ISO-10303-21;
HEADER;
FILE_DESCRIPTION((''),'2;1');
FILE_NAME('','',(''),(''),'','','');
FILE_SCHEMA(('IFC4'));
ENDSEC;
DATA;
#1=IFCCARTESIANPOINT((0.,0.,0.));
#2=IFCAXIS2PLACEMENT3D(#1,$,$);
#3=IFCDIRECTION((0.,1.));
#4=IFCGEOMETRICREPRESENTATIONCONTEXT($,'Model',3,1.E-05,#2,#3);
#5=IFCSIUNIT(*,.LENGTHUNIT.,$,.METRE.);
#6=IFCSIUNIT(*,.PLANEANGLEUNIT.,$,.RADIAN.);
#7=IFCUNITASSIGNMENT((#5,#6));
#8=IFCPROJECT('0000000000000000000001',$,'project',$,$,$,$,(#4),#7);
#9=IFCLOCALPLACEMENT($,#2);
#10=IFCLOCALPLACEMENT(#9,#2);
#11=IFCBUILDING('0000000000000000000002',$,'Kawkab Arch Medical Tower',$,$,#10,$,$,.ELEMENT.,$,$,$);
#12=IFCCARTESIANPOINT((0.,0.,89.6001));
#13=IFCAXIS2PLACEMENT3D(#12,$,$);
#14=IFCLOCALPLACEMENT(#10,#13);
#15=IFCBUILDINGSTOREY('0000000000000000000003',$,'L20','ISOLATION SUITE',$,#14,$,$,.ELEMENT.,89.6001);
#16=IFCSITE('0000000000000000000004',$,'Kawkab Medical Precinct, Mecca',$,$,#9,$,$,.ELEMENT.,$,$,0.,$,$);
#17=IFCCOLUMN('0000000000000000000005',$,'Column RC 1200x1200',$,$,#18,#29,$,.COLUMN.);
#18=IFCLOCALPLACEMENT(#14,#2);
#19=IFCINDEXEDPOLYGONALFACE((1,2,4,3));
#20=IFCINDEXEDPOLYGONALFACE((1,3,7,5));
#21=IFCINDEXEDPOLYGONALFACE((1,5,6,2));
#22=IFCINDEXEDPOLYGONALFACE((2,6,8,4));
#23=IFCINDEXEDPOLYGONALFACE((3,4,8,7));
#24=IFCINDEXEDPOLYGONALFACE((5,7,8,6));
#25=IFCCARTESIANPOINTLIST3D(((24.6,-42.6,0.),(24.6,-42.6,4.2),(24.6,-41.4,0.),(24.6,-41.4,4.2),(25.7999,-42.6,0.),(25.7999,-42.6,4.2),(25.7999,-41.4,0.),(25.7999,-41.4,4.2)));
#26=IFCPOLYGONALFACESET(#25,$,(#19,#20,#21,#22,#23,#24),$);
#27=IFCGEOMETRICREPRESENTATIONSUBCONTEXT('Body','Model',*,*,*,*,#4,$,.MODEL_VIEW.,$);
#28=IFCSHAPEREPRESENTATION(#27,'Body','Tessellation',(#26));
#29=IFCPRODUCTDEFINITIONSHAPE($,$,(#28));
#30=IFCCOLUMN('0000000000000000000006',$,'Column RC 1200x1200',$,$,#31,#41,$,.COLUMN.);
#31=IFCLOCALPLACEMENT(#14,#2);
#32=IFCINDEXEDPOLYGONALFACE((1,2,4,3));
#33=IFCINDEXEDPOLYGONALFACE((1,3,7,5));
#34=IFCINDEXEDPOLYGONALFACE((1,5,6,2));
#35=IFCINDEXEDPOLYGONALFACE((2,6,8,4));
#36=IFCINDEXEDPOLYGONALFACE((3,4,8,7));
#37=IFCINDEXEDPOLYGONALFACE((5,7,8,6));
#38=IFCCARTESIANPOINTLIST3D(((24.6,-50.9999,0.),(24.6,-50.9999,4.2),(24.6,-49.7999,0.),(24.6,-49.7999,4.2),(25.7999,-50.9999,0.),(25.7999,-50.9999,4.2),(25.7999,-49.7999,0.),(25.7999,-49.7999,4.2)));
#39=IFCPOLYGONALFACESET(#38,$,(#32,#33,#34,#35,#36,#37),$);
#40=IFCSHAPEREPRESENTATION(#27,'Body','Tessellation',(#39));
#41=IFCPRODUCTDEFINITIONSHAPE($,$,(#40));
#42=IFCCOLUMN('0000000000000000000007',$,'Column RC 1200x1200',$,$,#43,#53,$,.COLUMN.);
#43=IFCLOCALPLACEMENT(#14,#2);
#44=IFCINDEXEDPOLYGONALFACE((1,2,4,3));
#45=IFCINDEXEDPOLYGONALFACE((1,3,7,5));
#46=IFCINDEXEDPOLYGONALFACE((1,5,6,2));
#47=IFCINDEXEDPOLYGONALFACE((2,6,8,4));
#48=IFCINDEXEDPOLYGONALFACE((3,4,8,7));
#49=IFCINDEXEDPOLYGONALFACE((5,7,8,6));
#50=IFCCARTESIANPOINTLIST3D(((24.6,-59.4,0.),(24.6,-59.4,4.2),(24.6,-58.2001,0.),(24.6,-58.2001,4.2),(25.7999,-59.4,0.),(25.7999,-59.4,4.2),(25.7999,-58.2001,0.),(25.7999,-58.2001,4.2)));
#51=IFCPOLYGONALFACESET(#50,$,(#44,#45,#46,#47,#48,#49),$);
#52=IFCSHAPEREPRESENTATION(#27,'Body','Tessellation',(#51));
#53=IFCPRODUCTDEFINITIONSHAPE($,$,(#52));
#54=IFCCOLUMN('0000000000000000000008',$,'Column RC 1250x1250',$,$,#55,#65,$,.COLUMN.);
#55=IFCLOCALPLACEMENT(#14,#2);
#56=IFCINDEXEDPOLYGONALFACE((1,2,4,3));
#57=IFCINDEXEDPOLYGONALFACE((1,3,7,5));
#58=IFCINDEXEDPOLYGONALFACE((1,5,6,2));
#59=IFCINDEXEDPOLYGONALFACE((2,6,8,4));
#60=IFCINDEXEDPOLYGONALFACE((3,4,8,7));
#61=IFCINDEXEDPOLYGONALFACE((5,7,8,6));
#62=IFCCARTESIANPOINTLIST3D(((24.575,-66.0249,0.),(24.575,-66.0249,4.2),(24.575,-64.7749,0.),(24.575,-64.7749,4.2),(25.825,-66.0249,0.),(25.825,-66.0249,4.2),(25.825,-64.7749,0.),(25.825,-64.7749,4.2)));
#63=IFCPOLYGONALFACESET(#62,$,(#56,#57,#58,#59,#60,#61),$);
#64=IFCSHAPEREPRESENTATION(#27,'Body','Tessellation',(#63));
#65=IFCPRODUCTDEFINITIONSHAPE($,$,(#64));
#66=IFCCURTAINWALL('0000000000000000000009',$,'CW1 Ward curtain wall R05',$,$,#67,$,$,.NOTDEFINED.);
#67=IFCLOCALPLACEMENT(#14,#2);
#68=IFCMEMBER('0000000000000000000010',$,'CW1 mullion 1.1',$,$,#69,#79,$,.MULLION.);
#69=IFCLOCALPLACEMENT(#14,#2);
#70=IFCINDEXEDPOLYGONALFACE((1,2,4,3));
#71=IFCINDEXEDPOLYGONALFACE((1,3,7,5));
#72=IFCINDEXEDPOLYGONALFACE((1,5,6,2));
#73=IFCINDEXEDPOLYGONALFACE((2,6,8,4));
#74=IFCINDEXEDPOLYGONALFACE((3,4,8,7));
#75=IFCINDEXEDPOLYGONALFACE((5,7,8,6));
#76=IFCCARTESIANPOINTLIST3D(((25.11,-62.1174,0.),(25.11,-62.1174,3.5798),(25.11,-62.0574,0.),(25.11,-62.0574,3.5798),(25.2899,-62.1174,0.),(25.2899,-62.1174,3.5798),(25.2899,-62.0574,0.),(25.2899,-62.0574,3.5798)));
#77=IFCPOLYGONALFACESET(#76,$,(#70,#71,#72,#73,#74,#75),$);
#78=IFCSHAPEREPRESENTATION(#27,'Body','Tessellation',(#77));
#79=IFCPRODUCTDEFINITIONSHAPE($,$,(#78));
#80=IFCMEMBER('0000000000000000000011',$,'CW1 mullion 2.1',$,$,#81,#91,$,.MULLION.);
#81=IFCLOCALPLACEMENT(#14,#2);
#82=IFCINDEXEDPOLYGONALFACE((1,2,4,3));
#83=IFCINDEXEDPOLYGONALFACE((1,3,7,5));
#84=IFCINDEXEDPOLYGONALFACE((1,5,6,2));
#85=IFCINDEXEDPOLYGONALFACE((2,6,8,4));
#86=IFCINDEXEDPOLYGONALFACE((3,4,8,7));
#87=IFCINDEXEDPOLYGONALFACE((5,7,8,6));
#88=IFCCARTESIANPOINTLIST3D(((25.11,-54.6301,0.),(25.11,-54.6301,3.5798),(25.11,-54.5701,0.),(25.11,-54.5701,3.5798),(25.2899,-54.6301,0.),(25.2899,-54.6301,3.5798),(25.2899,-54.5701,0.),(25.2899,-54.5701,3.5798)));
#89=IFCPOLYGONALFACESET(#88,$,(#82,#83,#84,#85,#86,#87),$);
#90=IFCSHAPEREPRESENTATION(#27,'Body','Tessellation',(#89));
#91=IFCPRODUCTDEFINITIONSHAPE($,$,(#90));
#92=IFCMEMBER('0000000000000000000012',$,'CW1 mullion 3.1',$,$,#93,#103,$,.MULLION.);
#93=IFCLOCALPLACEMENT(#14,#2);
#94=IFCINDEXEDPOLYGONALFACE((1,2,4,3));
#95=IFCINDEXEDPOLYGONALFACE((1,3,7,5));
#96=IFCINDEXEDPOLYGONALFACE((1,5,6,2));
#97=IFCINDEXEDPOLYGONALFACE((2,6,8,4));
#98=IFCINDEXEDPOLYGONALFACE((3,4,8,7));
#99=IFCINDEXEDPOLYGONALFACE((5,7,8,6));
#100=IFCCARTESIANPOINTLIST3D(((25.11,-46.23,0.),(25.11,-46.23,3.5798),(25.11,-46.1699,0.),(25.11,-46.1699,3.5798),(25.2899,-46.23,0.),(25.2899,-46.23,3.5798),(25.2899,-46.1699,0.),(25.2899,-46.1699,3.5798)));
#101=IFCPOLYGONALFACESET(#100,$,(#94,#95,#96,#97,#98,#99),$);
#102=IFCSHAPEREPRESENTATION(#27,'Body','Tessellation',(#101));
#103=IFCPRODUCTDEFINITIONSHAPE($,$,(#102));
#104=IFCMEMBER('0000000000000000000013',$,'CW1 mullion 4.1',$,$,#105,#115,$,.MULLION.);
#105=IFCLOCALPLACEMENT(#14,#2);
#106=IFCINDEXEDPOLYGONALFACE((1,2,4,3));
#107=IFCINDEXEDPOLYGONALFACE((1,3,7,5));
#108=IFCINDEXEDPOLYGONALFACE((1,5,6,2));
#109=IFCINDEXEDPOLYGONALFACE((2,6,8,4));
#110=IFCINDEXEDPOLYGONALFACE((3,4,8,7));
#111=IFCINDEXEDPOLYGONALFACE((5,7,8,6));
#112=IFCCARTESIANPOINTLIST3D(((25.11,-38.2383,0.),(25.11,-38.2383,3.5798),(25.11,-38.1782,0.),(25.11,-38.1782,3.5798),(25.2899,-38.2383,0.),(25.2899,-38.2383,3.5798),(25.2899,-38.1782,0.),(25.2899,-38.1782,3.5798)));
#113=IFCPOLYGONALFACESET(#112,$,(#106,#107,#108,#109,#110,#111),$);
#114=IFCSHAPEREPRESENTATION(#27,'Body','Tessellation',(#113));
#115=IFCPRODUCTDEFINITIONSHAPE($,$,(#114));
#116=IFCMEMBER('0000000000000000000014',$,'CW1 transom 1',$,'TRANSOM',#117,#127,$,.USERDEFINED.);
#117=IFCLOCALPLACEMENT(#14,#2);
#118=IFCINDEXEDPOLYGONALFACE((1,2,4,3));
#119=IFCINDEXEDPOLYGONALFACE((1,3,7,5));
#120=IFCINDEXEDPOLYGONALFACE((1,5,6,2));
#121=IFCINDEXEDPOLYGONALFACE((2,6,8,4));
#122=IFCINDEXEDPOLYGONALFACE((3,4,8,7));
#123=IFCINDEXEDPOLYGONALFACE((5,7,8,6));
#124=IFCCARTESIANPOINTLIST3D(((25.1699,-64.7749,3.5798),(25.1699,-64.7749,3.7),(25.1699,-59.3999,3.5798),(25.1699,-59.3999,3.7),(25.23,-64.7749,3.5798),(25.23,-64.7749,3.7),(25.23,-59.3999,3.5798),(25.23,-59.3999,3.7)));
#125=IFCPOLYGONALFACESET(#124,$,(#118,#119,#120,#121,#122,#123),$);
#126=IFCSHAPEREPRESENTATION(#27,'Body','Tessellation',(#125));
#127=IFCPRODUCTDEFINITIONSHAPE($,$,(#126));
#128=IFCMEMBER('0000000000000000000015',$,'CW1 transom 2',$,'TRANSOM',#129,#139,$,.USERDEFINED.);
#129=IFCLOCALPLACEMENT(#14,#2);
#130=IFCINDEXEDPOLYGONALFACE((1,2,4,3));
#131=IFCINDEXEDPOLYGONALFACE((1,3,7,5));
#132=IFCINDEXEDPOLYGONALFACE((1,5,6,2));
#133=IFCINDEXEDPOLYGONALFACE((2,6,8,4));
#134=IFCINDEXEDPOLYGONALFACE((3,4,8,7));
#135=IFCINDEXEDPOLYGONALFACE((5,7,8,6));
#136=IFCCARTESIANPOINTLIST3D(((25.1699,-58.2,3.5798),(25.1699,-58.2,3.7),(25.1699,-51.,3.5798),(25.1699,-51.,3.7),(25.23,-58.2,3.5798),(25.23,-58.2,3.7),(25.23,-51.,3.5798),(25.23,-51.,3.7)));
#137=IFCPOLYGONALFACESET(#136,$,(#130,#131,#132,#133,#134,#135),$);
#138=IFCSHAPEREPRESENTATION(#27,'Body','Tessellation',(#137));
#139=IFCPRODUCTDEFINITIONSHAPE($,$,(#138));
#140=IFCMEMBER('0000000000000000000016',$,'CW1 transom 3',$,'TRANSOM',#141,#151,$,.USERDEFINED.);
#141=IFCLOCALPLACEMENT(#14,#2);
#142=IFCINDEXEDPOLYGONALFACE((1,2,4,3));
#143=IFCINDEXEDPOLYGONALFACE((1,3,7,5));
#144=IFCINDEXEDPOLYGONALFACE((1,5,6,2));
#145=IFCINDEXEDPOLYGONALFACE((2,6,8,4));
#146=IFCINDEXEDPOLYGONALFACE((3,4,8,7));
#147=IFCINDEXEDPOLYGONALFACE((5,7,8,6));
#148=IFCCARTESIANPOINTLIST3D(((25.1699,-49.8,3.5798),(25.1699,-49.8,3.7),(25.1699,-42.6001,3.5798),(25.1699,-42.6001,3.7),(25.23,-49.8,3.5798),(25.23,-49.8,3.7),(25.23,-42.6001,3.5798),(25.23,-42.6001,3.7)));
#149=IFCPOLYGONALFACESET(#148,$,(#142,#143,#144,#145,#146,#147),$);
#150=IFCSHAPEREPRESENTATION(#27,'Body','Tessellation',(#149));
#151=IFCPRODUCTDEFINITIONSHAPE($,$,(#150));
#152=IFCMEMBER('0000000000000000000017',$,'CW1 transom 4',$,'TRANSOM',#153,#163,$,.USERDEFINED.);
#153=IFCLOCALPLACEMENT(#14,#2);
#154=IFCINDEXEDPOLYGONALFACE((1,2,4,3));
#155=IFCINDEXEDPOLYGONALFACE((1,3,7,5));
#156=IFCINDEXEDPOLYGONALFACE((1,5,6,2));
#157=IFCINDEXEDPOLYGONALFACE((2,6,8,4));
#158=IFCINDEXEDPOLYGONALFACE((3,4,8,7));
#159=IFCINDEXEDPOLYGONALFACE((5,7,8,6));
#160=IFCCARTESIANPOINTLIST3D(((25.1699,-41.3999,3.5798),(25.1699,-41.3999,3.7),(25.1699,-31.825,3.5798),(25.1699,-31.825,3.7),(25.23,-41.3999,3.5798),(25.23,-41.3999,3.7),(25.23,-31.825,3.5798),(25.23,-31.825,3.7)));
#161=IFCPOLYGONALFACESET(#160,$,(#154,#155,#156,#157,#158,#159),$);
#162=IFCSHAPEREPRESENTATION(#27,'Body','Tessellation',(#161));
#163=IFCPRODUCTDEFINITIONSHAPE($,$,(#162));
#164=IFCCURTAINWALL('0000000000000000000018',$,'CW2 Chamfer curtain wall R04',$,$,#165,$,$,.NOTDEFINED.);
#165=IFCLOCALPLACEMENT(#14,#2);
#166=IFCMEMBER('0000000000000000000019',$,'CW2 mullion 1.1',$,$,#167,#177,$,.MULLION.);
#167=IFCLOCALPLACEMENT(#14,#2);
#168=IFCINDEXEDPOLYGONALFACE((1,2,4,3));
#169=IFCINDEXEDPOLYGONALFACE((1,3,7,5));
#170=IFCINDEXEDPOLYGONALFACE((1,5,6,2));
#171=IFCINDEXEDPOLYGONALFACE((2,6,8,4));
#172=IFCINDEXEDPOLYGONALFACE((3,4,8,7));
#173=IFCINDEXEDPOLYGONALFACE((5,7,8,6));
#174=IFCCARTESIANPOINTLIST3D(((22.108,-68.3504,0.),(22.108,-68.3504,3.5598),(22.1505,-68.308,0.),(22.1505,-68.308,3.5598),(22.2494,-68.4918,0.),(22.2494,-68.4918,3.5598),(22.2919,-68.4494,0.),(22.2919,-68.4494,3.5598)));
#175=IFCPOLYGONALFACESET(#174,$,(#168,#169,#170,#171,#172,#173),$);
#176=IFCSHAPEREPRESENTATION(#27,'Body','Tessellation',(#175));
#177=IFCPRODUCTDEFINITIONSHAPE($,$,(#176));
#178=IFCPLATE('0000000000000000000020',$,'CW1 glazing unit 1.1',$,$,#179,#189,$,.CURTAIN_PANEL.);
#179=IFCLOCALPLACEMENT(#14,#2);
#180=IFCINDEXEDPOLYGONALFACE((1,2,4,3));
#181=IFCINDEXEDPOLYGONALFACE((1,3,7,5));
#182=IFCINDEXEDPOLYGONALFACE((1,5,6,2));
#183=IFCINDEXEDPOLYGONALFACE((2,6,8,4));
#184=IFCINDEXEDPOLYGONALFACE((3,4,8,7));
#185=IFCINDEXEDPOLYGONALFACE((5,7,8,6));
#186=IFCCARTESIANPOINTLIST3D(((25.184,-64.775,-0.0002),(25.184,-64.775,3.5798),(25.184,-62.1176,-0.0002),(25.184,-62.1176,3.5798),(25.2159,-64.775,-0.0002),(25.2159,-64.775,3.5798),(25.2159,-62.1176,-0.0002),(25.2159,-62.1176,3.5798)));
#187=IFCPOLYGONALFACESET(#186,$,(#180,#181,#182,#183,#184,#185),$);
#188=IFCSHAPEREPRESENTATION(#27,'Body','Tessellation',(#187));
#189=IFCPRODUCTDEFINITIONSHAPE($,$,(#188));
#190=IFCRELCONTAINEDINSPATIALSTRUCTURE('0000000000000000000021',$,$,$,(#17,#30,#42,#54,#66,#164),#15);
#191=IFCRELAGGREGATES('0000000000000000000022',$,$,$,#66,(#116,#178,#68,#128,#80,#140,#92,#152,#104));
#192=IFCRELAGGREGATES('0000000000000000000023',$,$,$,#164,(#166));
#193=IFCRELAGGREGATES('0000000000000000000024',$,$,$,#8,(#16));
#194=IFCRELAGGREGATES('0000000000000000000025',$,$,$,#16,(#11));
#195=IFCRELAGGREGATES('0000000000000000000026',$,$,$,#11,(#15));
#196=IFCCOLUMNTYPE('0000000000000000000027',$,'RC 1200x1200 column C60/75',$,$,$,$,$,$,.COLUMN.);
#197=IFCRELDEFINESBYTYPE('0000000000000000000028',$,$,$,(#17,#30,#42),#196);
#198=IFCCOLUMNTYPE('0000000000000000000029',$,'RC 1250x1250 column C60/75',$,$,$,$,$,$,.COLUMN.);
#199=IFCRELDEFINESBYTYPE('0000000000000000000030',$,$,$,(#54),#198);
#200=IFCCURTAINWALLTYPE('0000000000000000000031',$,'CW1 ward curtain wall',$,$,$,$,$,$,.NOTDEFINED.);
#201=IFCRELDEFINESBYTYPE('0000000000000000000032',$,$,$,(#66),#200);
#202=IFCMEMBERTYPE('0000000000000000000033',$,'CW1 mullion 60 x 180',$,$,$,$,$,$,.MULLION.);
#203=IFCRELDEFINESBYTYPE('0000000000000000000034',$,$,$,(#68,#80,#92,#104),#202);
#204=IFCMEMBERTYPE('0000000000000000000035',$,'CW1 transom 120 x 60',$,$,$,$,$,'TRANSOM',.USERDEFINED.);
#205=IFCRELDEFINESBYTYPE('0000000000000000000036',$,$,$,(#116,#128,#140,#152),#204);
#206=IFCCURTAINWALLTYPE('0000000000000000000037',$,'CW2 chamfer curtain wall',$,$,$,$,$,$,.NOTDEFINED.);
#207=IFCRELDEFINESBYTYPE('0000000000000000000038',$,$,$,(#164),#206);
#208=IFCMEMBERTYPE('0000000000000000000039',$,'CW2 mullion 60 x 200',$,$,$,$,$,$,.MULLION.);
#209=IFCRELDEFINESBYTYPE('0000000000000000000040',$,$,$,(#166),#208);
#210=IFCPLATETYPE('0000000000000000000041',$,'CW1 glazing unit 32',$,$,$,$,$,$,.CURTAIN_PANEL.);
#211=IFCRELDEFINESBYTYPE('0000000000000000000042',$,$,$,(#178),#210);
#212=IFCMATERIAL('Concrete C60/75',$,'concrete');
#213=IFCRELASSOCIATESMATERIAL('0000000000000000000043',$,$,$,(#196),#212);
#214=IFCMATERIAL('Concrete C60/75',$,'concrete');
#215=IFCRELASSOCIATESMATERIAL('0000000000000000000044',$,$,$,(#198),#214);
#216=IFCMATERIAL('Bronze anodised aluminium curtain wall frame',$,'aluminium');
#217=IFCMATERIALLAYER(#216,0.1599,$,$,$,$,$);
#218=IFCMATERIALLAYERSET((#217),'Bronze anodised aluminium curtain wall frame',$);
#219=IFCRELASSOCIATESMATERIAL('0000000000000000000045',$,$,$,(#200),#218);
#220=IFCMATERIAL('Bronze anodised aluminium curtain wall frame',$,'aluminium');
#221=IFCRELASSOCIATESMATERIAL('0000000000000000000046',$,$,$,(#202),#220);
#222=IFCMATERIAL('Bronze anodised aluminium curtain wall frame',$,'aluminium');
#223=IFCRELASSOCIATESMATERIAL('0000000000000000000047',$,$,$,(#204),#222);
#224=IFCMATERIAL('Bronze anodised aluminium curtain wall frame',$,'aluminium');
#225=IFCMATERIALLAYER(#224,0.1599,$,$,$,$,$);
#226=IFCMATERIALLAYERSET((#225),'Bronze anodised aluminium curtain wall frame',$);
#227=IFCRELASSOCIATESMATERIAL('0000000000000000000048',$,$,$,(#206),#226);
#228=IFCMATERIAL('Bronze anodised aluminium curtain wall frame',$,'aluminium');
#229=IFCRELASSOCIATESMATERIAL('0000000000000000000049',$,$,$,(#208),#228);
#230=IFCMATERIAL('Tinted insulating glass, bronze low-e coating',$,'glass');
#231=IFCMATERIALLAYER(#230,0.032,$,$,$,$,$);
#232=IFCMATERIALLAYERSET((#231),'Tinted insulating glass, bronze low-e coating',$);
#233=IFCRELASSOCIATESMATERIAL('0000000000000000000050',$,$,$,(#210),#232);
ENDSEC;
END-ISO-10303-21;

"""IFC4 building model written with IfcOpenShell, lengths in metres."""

from ifc_helpers import new_model, si_unit, direction, frame, origin, origin_2d, place, context, subcontext, project, spatial, rectangle, extrude, material, layer, layer_set, material_profile, profile_set, type_object, element, aggregate, save


model = new_model("IFC4")

# Units and contexts
model_context = context("Model", 3, precision=1e-05, world=origin(), true_north=direction((0.0, 1.0)))
body_context = subcontext(model_context, "Body", "Model", "MODEL_VIEW")
ifc_project = project(units=[si_unit("LENGTHUNIT", "METRE"), si_unit("PLANEANGLEUNIT", "RADIAN")], contexts=[model_context])

# Site, building, storey
site_placement = place(None, origin())
site = spatial("IfcSite", under=ifc_project, at=site_placement, Name="Kawkab Medical Precinct, Mecca", CompositionType="ELEMENT", RefElevation=0.0)
building_placement = place(site_placement, origin())
building = spatial("IfcBuilding", under=site, at=building_placement, Name="Kawkab Arch Medical Tower", CompositionType="ELEMENT")
storey_placement = place(building_placement, frame((0.0, 0.0, 89.6001)))
storey = spatial("IfcBuildingStorey", under=building, at=storey_placement, Name="L20", Description="ISOLATION SUITE", CompositionType="ELEMENT", Elevation=89.6001)

# Columns
ifc_material_1 = material(Name="Concrete C60/75", Category="concrete")
ifc_material_profile_1 = material_profile(ifc_material_1, rectangle(XDim=1.2, YDim=1.2, at=origin_2d()), Name="RC 1200x1200")
ifc_profile_set_1 = profile_set([ifc_material_profile_1], Name="Concrete C60/75")
column_type_1 = type_object("IfcColumnType", Name="RC 1200x1200 column C60/75", PredefinedType="COLUMN", material=ifc_profile_set_1)
for number, where, z_axis, x_axis, name in (
    (1, (25.2, -42.0, 0.0), (0.0, 0.0, 1.0), (1.0, 0.0, 0.0), "Column RC 1200x1200"),
    (2, (25.2, -50.3999, 0.0), (0.0, 0.0, 1.0), (1.0, 0.0, 0.0), "Column RC 1200x1200"),
    (3, (25.2, -58.8, 0.0), (0.0, 0.0, 1.0), (1.0, 0.0, 0.0), "Column RC 1200x1200"),
):
    element("IfcColumn", number, at=place(storey_placement, frame(where, z_axis=z_axis, x_axis=x_axis)), inside=storey, type_object=column_type_1, Name=name, PredefinedType="COLUMN", context=body_context, shape_type="SweptSolid", body=[
        extrude(rectangle(XDim=1.2, YDim=1.2, at=origin_2d()), origin(), (0.0, 0.0, 1.0), 4.2),
    ])
ifc_material_2 = material(Name="Concrete C60/75", Category="concrete")
ifc_material_profile_2 = material_profile(ifc_material_2, rectangle(XDim=1.25, YDim=1.25, at=origin_2d()), Name="RC 1250x1250")
ifc_profile_set_2 = profile_set([ifc_material_profile_2], Name="Concrete C60/75")
column_type_2 = type_object("IfcColumnType", Name="RC 1250x1250 column C60/75", PredefinedType="COLUMN", material=ifc_profile_set_2)
column_placement = place(storey_placement, frame((25.2, -65.3999, 0.0), z_axis=(0.0, 0.0, 1.0), x_axis=(1.0, 0.0, 0.0)))
element("IfcColumn", 4, at=column_placement, inside=storey, type_object=column_type_2, Name="Column RC 1250x1250", PredefinedType="COLUMN", context=body_context, shape_type="SweptSolid", body=[
    extrude(rectangle(XDim=1.25, YDim=1.25, at=origin_2d()), origin(), (0.0, 0.0, 1.0), 4.2),
])

# Curtain wall, members
ifc_material_3 = material(Name="Bronze anodised aluminium curtain wall frame", Category="aluminium")
ifc_layer_1 = layer(ifc_material_3, 0.1599)
ifc_layer_set_1 = layer_set([ifc_layer_1], Name="Bronze anodised aluminium curtain wall frame")
curtain_wall_type_1 = type_object("IfcCurtainWallType", Name="CW1 ward curtain wall", PredefinedType="NOTDEFINED", material=ifc_layer_set_1)
placement = place(storey_placement, origin())
curtain_wall_1 = element("IfcCurtainWall", 5, at=placement, inside=storey, type_object=curtain_wall_type_1, Name="CW1 Ward curtain wall R05", PredefinedType="NOTDEFINED")
ifc_material_4 = material(Name="Bronze anodised aluminium curtain wall frame", Category="aluminium")
ifc_material_profile_3 = material_profile(ifc_material_4, rectangle(XDim=0.1799, YDim=0.0601, at=origin_2d()), Name="AL 60x180")
ifc_profile_set_3 = profile_set([ifc_material_profile_3], Name="Bronze anodised aluminium curtain wall frame")
member_type_1 = type_object("IfcMemberType", Name="CW1 mullion 60 x 180", PredefinedType="MULLION", material=ifc_profile_set_3)
member_1_placement = place(storey_placement, frame((25.2, -62.0874, 0.0), z_axis=(0.0, 0.0, 1.0), x_axis=(-1.0, 0.0, 0.0)))
member_1 = element("IfcMember", 6, at=member_1_placement, type_object=member_type_1, Name="CW1 mullion 1.1", PredefinedType="MULLION", context=body_context, shape_type="SweptSolid", body=[
    extrude(rectangle(XDim=0.1799, YDim=0.0601, at=origin_2d()), origin(), (0.0, 0.0, 1.0), 3.5798),
])
member_2_placement = place(storey_placement, frame((25.2, -54.6001, 0.0), z_axis=(0.0, 0.0, 1.0), x_axis=(-1.0, 0.0, 0.0)))
member_2 = element("IfcMember", 7, at=member_2_placement, type_object=member_type_1, Name="CW1 mullion 2.1", PredefinedType="MULLION", context=body_context, shape_type="SweptSolid", body=[
    extrude(rectangle(XDim=0.1799, YDim=0.0601, at=origin_2d()), origin(), (0.0, 0.0, 1.0), 3.5798),
])
member_3_placement = place(storey_placement, frame((25.2, -46.2, 0.0), z_axis=(0.0, 0.0, 1.0), x_axis=(-1.0, 0.0, 0.0)))
member_3 = element("IfcMember", 8, at=member_3_placement, type_object=member_type_1, Name="CW1 mullion 3.1", PredefinedType="MULLION", context=body_context, shape_type="SweptSolid", body=[
    extrude(rectangle(XDim=0.1799, YDim=0.0601, at=origin_2d()), origin(), (0.0, 0.0, 1.0), 3.5798),
])
member_4_placement = place(storey_placement, frame((25.2, -38.2083, 0.0), z_axis=(0.0, 0.0, 1.0), x_axis=(-1.0, 0.0, 0.0)))
member_4 = element("IfcMember", 9, at=member_4_placement, type_object=member_type_1, Name="CW1 mullion 4.1", PredefinedType="MULLION", context=body_context, shape_type="SweptSolid", body=[
    extrude(rectangle(XDim=0.1799, YDim=0.0601, at=origin_2d()), origin(), (0.0, 0.0, 1.0), 3.5798),
])
ifc_material_5 = material(Name="Bronze anodised aluminium curtain wall frame", Category="aluminium")
ifc_material_profile_4 = material_profile(ifc_material_5, rectangle(XDim=0.0601, YDim=0.1201, at=origin_2d()), Name="AL 60x120")
ifc_profile_set_4 = profile_set([ifc_material_profile_4], Name="Bronze anodised aluminium curtain wall frame")
member_type_2 = type_object("IfcMemberType", Name="CW1 transom 120 x 60", ElementType="TRANSOM", PredefinedType="USERDEFINED", material=ifc_profile_set_4)
member_5_placement = place(storey_placement, frame((25.2, -64.7749, 3.6399), z_axis=(0.0, 1.0, 0.0), x_axis=(-1.0, 0.0, 0.0)))
member_5 = element("IfcMember", 10, at=member_5_placement, type_object=member_type_2, Name="CW1 transom 1", ObjectType="TRANSOM", PredefinedType="USERDEFINED", context=body_context, shape_type="SweptSolid", body=[
    extrude(rectangle(XDim=0.0601, YDim=0.1201, at=origin_2d()), origin(), (0.0, 0.0, 1.0), 5.375),
])
member_6_placement = place(storey_placement, frame((25.2, -58.2, 3.6399), z_axis=(0.0, 1.0, 0.0), x_axis=(-1.0, 0.0, 0.0)))
member_6 = element("IfcMember", 11, at=member_6_placement, type_object=member_type_2, Name="CW1 transom 2", ObjectType="TRANSOM", PredefinedType="USERDEFINED", context=body_context, shape_type="SweptSolid", body=[
    extrude(rectangle(XDim=0.0601, YDim=0.1201, at=origin_2d()), origin(), (0.0, 0.0, 1.0), 7.2),
])
member_7_placement = place(storey_placement, frame((25.2, -49.8, 3.6399), z_axis=(0.0, 1.0, 0.0), x_axis=(-1.0, 0.0, 0.0)))
member_7 = element("IfcMember", 12, at=member_7_placement, type_object=member_type_2, Name="CW1 transom 3", ObjectType="TRANSOM", PredefinedType="USERDEFINED", context=body_context, shape_type="SweptSolid", body=[
    extrude(rectangle(XDim=0.0601, YDim=0.1201, at=origin_2d()), origin(), (0.0, 0.0, 1.0), 7.2),
])
member_8_placement = place(storey_placement, frame((25.2, -41.3999, 3.6399), z_axis=(0.0, 1.0, 0.0), x_axis=(-1.0, 0.0, 0.0)))
member_8 = element("IfcMember", 13, at=member_8_placement, type_object=member_type_2, Name="CW1 transom 4", ObjectType="TRANSOM", PredefinedType="USERDEFINED", context=body_context, shape_type="SweptSolid", body=[
    extrude(rectangle(XDim=0.0601, YDim=0.1201, at=origin_2d()), origin(), (0.0, 0.0, 1.0), 9.575),
])

# Curtain wall, member
ifc_material_6 = material(Name="Bronze anodised aluminium curtain wall frame", Category="aluminium")
ifc_layer_2 = layer(ifc_material_6, 0.1599)
ifc_layer_set_2 = layer_set([ifc_layer_2], Name="Bronze anodised aluminium curtain wall frame")
curtain_wall_type_2 = type_object("IfcCurtainWallType", Name="CW2 chamfer curtain wall", PredefinedType="NOTDEFINED", material=ifc_layer_set_2)
curtain_wall_2 = element("IfcCurtainWall", 14, at=placement, inside=storey, type_object=curtain_wall_type_2, Name="CW2 Chamfer curtain wall R04", PredefinedType="NOTDEFINED")
ifc_material_7 = material(Name="Bronze anodised aluminium curtain wall frame", Category="aluminium")
ifc_material_profile_5 = material_profile(ifc_material_7, rectangle(XDim=0.2, YDim=0.0601, at=origin_2d()), Name="AL 60x200")
ifc_profile_set_5 = profile_set([ifc_material_profile_5], Name="Bronze anodised aluminium curtain wall frame")
member_type_3 = type_object("IfcMemberType", Name="CW2 mullion 60 x 200", PredefinedType="MULLION", material=ifc_profile_set_5)
member_9_placement = place(storey_placement, frame((22.2, -68.3999, 0.0), z_axis=(0.0, 0.0, 1.0), x_axis=(-0.707107, 0.707107, 0.0)))
member_9 = element("IfcMember", 15, at=member_9_placement, type_object=member_type_3, Name="CW2 mullion 1.1", PredefinedType="MULLION", context=body_context, shape_type="SweptSolid", body=[
    extrude(rectangle(XDim=0.2, YDim=0.0601, at=origin_2d()), origin(), (0.0, 0.0, 1.0), 3.5598),
])

# Plate
ifc_material_8 = material(Name="Tinted insulating glass, bronze low-e coating", Category="glass")
ifc_layer_3 = layer(ifc_material_8, 0.032)
ifc_layer_set_3 = layer_set([ifc_layer_3], Name="Tinted insulating glass, bronze low-e coating")
plate_type_1 = type_object("IfcPlateType", Name="CW1 glazing unit 32", PredefinedType="CURTAIN_PANEL", material=ifc_layer_set_3)
plate_1_placement = place(storey_placement, frame((25.2, -63.4463, -0.0002), z_axis=(0.0, 0.0, 1.0), x_axis=(0.0, 1.0, 0.0)))
plate_1 = element("IfcPlate", 16, at=plate_1_placement, type_object=plate_type_1, Name="CW1 glazing unit 1.1", PredefinedType="CURTAIN_PANEL", context=body_context, shape_type="SweptSolid", body=[
    extrude(rectangle(XDim=2.6575, YDim=0.032, at=origin_2d()), origin(), (0.0, 0.0, 1.0), 3.5801),
])
aggregate(curtain_wall_1, [member_5, plate_1, member_1, member_6, member_2, member_7, member_3, member_8, member_4])
aggregate(curtain_wall_2, [member_9])

save(model, "model.ifc")
